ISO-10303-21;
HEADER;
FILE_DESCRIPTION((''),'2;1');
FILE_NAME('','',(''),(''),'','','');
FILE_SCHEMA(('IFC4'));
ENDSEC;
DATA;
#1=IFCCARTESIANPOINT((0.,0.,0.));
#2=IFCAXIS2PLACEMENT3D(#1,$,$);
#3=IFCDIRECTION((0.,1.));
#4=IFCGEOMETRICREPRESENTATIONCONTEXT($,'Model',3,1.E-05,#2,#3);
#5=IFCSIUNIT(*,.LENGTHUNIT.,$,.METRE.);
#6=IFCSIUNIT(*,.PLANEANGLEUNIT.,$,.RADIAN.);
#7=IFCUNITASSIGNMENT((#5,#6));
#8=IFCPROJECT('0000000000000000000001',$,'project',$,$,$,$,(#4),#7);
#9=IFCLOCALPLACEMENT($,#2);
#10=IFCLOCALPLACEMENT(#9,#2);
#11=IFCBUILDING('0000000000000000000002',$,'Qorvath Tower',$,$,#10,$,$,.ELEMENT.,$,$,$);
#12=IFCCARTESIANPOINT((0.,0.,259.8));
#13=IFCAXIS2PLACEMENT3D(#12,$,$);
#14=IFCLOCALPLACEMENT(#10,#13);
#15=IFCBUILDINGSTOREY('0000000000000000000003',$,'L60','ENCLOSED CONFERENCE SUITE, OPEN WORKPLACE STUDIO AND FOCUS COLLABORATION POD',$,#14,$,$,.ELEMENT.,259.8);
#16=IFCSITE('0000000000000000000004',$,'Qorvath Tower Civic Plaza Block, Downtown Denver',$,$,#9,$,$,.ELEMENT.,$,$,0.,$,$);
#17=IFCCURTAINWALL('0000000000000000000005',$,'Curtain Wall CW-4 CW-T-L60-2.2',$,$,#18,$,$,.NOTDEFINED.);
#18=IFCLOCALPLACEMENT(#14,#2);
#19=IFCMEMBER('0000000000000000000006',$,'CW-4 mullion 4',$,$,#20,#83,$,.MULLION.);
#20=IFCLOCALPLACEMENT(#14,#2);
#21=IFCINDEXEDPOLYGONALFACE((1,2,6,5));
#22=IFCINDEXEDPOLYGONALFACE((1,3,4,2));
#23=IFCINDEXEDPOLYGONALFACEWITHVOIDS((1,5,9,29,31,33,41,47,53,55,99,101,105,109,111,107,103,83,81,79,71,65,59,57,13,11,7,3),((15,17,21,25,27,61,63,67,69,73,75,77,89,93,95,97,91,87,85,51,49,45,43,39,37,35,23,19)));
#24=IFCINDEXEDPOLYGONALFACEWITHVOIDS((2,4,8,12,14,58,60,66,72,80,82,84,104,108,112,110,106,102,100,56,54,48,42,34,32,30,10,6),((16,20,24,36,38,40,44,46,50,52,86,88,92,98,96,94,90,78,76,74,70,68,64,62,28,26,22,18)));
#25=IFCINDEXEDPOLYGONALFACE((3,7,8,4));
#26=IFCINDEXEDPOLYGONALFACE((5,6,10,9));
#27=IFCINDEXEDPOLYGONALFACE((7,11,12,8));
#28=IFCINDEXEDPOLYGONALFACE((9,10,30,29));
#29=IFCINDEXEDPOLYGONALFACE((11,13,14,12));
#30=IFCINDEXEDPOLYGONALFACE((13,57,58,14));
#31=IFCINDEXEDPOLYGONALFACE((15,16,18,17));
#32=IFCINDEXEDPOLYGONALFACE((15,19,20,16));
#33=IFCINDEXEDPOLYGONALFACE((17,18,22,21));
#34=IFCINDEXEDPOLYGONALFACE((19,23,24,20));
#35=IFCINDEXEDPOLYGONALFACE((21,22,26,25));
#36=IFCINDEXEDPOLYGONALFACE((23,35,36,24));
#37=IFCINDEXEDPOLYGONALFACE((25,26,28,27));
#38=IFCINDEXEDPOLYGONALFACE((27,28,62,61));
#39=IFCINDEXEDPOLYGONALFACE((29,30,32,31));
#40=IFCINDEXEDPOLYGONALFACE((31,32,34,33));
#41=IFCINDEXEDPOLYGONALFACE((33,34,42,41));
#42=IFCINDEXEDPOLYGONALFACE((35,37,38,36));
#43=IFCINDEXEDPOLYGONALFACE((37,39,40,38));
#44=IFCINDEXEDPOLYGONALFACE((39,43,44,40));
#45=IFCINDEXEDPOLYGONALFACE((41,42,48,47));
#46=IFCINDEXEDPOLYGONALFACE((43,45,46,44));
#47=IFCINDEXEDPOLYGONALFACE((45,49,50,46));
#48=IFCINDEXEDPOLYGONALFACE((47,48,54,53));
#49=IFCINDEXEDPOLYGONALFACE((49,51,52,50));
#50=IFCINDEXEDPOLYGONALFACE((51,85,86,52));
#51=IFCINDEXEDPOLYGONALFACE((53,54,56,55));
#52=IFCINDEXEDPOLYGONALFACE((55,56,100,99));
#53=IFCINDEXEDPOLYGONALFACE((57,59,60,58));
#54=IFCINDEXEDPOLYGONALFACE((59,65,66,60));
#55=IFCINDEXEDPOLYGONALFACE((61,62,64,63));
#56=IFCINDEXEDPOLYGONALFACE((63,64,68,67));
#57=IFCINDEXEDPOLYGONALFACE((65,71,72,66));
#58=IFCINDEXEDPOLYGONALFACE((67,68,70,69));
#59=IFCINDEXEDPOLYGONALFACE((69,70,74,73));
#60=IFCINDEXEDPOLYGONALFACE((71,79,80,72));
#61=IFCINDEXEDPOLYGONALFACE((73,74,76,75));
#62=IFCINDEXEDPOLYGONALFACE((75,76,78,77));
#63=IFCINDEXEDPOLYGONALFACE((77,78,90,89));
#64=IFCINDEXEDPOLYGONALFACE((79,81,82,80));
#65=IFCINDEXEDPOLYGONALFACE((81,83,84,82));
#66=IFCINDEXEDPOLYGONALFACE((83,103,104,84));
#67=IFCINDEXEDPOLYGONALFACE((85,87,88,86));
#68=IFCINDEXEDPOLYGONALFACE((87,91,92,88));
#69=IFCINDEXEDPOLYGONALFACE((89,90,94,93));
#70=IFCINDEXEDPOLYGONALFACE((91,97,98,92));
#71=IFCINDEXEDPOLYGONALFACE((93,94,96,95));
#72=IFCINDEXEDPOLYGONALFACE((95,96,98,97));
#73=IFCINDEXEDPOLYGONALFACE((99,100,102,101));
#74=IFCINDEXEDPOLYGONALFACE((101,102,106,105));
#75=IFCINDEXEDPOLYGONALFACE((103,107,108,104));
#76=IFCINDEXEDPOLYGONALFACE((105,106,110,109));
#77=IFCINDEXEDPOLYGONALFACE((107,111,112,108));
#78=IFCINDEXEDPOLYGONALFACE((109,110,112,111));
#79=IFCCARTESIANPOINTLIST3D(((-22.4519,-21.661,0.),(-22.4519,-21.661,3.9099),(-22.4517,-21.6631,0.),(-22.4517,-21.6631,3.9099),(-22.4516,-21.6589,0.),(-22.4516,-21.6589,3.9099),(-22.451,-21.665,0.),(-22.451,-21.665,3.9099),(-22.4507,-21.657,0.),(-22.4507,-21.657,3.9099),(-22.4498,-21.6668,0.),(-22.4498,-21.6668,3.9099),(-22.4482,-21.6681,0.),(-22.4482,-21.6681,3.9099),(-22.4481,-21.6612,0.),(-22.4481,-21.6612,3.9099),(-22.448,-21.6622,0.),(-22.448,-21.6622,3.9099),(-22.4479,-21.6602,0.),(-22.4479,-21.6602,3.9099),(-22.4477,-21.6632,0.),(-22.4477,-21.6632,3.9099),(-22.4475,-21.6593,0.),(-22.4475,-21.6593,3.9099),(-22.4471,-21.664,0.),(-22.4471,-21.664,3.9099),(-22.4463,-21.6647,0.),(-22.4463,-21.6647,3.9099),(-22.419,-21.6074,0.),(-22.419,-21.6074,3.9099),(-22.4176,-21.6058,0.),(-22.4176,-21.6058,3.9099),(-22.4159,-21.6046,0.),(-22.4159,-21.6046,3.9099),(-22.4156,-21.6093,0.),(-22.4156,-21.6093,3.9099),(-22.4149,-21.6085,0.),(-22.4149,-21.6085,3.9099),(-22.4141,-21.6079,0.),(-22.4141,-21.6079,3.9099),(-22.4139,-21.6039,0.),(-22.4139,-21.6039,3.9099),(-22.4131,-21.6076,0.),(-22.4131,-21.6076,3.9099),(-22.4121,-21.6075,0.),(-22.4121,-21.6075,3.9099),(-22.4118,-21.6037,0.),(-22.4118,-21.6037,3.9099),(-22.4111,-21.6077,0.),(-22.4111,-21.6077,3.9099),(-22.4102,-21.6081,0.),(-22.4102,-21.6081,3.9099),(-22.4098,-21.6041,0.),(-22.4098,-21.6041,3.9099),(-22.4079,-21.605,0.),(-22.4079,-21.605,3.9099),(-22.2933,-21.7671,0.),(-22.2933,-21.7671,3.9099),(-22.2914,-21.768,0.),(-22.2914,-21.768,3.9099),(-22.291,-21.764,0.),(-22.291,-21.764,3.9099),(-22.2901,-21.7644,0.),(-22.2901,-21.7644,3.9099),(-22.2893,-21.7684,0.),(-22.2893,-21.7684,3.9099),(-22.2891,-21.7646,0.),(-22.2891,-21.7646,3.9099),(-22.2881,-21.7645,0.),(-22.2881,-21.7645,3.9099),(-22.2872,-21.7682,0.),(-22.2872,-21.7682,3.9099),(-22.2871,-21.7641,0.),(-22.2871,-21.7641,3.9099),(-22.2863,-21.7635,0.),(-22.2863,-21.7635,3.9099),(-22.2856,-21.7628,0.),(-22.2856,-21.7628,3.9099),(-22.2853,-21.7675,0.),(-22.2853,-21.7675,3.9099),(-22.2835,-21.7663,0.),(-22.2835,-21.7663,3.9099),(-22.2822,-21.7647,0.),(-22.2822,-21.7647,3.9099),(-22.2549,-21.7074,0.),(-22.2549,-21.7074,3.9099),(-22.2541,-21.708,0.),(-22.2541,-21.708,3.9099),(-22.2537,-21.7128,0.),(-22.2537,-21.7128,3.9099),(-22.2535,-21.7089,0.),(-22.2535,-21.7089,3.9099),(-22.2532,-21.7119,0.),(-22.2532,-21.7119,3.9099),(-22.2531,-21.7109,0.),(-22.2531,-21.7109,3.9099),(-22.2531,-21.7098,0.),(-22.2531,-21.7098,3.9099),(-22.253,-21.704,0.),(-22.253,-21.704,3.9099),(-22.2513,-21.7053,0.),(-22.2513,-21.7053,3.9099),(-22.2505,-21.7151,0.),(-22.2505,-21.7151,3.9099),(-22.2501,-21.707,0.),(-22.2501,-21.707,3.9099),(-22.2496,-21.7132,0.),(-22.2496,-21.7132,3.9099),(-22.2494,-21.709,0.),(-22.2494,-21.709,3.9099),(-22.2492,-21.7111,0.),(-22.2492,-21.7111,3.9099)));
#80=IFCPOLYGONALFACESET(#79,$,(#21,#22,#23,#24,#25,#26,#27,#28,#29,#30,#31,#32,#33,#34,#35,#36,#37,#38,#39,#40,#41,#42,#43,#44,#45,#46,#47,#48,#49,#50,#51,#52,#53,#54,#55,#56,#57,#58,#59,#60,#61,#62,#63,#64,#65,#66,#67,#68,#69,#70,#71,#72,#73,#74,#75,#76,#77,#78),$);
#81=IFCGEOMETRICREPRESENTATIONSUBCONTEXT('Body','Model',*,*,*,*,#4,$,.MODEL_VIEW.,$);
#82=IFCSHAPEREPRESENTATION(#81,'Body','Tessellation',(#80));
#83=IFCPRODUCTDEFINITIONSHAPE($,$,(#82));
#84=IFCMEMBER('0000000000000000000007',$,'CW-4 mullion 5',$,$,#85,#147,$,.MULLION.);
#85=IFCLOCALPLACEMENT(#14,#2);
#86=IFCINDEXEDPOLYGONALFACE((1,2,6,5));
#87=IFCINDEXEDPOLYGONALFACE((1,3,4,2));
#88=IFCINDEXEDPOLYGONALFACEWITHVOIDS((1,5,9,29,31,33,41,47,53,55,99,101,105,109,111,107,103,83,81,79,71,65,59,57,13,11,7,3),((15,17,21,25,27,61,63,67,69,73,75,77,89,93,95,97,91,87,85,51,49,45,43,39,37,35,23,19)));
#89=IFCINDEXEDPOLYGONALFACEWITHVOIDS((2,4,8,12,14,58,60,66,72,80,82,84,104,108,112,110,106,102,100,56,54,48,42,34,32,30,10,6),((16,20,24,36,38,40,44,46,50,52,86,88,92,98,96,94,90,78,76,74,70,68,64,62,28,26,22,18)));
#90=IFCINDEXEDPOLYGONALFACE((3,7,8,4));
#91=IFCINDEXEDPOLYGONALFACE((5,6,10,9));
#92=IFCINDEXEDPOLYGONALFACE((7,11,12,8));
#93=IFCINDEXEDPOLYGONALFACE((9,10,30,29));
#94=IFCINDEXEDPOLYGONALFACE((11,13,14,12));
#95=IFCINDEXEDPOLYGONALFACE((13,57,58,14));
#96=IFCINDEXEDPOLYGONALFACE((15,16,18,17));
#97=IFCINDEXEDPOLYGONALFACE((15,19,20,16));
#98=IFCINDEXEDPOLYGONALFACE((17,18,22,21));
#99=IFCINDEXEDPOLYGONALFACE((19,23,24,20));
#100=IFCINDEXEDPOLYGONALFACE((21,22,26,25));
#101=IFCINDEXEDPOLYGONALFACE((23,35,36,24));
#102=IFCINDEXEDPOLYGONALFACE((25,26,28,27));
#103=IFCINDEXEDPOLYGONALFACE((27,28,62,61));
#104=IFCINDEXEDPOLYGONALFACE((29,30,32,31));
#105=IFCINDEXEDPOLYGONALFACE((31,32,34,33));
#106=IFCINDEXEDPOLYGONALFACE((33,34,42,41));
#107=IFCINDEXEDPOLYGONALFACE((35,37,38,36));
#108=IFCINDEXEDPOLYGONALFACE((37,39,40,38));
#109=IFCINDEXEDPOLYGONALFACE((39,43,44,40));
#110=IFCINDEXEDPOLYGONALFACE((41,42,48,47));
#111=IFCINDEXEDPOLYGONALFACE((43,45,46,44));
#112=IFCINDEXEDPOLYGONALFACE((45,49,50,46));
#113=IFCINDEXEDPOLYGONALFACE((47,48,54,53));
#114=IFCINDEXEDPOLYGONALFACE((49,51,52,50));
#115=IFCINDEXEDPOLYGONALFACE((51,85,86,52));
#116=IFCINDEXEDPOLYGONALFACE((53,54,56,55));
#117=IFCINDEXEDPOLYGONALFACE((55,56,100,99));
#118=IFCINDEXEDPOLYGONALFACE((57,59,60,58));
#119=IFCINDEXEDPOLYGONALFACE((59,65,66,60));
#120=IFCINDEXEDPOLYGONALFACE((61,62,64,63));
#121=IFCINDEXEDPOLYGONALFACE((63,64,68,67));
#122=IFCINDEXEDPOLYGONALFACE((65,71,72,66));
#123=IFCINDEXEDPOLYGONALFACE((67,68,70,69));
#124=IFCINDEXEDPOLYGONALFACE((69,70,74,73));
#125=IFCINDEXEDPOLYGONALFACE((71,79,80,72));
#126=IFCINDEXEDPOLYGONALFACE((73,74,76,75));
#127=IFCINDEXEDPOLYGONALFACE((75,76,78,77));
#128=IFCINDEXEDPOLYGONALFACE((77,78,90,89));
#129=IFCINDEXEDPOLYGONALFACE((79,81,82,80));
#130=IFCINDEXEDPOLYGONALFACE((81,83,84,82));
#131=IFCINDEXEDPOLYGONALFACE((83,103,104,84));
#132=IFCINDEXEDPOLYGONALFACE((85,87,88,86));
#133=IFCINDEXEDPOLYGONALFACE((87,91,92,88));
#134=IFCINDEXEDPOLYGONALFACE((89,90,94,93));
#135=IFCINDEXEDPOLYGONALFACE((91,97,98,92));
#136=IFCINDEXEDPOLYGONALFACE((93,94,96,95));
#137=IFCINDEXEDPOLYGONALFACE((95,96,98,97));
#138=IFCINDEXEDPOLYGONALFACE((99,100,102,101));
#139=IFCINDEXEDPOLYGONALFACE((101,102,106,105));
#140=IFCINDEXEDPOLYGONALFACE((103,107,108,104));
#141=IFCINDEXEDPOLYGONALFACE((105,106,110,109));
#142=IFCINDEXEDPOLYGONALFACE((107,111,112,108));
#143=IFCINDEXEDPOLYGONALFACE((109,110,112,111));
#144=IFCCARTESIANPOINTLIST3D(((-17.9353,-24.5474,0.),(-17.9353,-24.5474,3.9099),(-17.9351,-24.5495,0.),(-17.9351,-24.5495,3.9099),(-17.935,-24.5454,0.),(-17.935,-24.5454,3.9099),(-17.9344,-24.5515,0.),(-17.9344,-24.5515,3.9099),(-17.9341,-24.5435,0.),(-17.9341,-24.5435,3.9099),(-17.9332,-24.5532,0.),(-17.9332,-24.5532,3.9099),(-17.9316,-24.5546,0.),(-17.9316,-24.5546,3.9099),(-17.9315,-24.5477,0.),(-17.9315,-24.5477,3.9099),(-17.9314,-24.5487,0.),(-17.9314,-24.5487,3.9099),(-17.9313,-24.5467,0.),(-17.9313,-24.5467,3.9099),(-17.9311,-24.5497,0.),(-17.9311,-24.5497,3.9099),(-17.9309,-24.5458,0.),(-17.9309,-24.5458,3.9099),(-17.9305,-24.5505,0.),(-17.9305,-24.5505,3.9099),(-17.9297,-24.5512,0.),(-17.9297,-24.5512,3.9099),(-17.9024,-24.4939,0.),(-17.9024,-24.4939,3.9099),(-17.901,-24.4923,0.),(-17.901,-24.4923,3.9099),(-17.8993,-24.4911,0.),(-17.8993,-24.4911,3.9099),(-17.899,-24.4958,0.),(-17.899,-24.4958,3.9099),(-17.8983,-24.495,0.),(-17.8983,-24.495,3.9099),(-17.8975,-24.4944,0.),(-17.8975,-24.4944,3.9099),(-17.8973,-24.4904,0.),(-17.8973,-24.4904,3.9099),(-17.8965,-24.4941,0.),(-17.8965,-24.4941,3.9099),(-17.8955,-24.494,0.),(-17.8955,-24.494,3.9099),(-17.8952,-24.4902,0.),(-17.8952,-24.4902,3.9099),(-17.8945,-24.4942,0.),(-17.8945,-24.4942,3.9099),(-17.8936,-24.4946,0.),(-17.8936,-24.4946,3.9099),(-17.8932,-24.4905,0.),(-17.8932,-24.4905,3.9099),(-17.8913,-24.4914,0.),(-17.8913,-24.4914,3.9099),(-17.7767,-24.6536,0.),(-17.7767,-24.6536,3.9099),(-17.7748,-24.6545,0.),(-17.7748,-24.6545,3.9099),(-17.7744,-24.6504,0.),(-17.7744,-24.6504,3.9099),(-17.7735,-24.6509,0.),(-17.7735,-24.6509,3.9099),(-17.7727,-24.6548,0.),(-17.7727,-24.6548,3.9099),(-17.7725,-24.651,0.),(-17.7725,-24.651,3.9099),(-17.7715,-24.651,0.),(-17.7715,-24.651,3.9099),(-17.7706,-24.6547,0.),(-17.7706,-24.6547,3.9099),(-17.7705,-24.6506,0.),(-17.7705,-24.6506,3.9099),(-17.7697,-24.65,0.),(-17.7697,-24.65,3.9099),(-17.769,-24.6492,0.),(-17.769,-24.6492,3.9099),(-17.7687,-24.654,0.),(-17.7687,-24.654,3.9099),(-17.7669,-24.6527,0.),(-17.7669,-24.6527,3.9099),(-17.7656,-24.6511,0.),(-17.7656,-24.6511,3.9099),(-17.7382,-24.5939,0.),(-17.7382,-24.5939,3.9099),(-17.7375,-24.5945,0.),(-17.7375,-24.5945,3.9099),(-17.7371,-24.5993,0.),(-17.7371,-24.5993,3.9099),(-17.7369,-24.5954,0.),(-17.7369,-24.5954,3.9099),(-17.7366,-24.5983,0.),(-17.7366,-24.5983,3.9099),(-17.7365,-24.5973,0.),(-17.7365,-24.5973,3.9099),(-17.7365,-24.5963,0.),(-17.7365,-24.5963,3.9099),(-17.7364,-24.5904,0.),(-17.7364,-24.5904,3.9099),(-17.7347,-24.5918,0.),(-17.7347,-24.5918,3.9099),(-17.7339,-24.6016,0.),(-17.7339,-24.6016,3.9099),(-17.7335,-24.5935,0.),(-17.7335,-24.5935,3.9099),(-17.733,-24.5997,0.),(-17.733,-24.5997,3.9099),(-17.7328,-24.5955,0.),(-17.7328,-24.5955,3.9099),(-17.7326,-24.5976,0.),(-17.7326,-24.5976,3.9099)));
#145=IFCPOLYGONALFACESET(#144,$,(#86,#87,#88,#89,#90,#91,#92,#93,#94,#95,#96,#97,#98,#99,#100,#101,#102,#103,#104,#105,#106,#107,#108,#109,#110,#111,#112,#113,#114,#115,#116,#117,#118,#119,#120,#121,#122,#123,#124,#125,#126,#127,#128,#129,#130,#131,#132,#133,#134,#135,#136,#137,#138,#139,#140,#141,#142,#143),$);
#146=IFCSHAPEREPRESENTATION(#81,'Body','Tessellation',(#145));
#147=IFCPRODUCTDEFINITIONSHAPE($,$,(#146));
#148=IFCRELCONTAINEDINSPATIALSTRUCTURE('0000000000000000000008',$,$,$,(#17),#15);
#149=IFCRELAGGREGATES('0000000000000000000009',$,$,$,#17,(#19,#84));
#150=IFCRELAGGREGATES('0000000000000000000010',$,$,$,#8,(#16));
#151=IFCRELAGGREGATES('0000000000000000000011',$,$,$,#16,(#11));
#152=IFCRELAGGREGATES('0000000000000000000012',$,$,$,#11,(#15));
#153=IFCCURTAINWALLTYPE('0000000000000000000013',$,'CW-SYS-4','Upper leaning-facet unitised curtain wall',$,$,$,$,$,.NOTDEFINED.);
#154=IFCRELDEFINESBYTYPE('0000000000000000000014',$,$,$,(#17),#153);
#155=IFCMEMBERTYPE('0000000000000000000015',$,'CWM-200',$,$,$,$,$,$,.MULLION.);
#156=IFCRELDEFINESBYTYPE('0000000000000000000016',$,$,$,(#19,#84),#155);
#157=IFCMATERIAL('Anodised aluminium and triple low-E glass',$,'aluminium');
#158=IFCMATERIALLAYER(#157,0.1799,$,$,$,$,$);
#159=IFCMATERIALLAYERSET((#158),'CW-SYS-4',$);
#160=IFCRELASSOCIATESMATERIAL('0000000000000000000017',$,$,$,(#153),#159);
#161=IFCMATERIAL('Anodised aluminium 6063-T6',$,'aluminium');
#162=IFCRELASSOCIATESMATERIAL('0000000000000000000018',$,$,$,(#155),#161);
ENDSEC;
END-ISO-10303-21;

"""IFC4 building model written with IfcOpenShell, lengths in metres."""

from ifc_helpers import new_model, si_unit, direction, frame, origin, origin_2d, place, context, subcontext, project, spatial, hollow_rectangle, extrude, material, layer, layer_set, material_profile, profile_set, type_object, element, aggregate, save


model = new_model("IFC4")

# Units and contexts
model_context = context("Model", 3, precision=1e-05, world=origin(), true_north=direction((0.0, 1.0)))
body_context = subcontext(model_context, "Body", "Model", "MODEL_VIEW")
ifc_project = project(units=[si_unit("LENGTHUNIT", "METRE"), si_unit("PLANEANGLEUNIT", "RADIAN")], contexts=[model_context])

# Site, building, storey
site_placement = place(None, origin())
site = spatial("IfcSite", under=ifc_project, at=site_placement, Name="Qorvath Tower Civic Plaza Block, Downtown Denver", CompositionType="ELEMENT", RefElevation=0.0)
building_placement = place(site_placement, origin())
building = spatial("IfcBuilding", under=site, at=building_placement, Name="Qorvath Tower", CompositionType="ELEMENT")
storey_placement = place(building_placement, frame((0.0, 0.0, 259.8)))
storey = spatial("IfcBuildingStorey", under=building, at=storey_placement, Name="L60", Description="ENCLOSED CONFERENCE SUITE, OPEN WORKPLACE STUDIO AND FOCUS COLLABORATION POD", CompositionType="ELEMENT", Elevation=259.8)

# Curtain wall, members
ifc_material_1 = material(Name="Anodised aluminium and triple low-E glass", Category="aluminium")
ifc_layer_1 = layer(ifc_material_1, 0.1799)
ifc_layer_set_1 = layer_set([ifc_layer_1], Name="CW-SYS-4")
curtain_wall_type = type_object("IfcCurtainWallType", Name="CW-SYS-4", Description="Upper leaning-facet unitised curtain wall", PredefinedType="NOTDEFINED", material=ifc_layer_set_1)
curtain_wall_1_placement = place(storey_placement, origin())
curtain_wall_1 = element("IfcCurtainWall", 1, at=curtain_wall_1_placement, inside=storey, type_object=curtain_wall_type, Name="Curtain Wall CW-4 CW-T-L60-2.2", PredefinedType="NOTDEFINED")
ifc_material_2 = material(Name="Anodised aluminium 6063-T6", Category="aluminium")
ifc_material_profile_1 = material_profile(ifc_material_2, hollow_rectangle(XDim=0.075, YDim=0.2, WallThickness=0.0039, InnerFilletRadius=0.0039, OuterFilletRadius=0.0081, at=origin_2d()), Name="CWM 200x75")
ifc_profile_set_1 = profile_set([ifc_material_profile_1], Name="Anodised aluminium 6063-T6")
member_type_1 = type_object("IfcMemberType", Name="CWM-200", PredefinedType="MULLION", material=ifc_profile_set_1)
member_1_placement = place(storey_placement, frame((-22.3506, -21.686, 0.0), z_axis=(0.0, 0.0, 1.0), x_axis=(0.538536, 0.842602, 0.0)))
member_1 = element("IfcMember", 2, at=member_1_placement, type_object=member_type_1, Name="CW-4 mullion 4", PredefinedType="MULLION", context=body_context, shape_type="SweptSolid", body=[
    extrude(hollow_rectangle(XDim=0.075, YDim=0.2, WallThickness=0.0039, InnerFilletRadius=0.0039, OuterFilletRadius=0.0081, at=origin_2d()), origin(), (0.0, 0.0, 1.0), 3.9099),
])
member_2_placement = place(storey_placement, frame((-17.834, -24.5725, 0.0), z_axis=(0.0, 0.0, 1.0), x_axis=(0.538536, 0.842602, 0.0)))
member_2 = element("IfcMember", 3, at=member_2_placement, type_object=member_type_1, Name="CW-4 mullion 5", PredefinedType="MULLION", context=body_context, shape_type="SweptSolid", body=[
    extrude(hollow_rectangle(XDim=0.075, YDim=0.2, WallThickness=0.0039, InnerFilletRadius=0.0039, OuterFilletRadius=0.0081, at=origin_2d()), origin(), (0.0, 0.0, 1.0), 3.9099),
])

aggregate(curtain_wall_1, [member_1, member_2])

save(model, "model.ifc")
